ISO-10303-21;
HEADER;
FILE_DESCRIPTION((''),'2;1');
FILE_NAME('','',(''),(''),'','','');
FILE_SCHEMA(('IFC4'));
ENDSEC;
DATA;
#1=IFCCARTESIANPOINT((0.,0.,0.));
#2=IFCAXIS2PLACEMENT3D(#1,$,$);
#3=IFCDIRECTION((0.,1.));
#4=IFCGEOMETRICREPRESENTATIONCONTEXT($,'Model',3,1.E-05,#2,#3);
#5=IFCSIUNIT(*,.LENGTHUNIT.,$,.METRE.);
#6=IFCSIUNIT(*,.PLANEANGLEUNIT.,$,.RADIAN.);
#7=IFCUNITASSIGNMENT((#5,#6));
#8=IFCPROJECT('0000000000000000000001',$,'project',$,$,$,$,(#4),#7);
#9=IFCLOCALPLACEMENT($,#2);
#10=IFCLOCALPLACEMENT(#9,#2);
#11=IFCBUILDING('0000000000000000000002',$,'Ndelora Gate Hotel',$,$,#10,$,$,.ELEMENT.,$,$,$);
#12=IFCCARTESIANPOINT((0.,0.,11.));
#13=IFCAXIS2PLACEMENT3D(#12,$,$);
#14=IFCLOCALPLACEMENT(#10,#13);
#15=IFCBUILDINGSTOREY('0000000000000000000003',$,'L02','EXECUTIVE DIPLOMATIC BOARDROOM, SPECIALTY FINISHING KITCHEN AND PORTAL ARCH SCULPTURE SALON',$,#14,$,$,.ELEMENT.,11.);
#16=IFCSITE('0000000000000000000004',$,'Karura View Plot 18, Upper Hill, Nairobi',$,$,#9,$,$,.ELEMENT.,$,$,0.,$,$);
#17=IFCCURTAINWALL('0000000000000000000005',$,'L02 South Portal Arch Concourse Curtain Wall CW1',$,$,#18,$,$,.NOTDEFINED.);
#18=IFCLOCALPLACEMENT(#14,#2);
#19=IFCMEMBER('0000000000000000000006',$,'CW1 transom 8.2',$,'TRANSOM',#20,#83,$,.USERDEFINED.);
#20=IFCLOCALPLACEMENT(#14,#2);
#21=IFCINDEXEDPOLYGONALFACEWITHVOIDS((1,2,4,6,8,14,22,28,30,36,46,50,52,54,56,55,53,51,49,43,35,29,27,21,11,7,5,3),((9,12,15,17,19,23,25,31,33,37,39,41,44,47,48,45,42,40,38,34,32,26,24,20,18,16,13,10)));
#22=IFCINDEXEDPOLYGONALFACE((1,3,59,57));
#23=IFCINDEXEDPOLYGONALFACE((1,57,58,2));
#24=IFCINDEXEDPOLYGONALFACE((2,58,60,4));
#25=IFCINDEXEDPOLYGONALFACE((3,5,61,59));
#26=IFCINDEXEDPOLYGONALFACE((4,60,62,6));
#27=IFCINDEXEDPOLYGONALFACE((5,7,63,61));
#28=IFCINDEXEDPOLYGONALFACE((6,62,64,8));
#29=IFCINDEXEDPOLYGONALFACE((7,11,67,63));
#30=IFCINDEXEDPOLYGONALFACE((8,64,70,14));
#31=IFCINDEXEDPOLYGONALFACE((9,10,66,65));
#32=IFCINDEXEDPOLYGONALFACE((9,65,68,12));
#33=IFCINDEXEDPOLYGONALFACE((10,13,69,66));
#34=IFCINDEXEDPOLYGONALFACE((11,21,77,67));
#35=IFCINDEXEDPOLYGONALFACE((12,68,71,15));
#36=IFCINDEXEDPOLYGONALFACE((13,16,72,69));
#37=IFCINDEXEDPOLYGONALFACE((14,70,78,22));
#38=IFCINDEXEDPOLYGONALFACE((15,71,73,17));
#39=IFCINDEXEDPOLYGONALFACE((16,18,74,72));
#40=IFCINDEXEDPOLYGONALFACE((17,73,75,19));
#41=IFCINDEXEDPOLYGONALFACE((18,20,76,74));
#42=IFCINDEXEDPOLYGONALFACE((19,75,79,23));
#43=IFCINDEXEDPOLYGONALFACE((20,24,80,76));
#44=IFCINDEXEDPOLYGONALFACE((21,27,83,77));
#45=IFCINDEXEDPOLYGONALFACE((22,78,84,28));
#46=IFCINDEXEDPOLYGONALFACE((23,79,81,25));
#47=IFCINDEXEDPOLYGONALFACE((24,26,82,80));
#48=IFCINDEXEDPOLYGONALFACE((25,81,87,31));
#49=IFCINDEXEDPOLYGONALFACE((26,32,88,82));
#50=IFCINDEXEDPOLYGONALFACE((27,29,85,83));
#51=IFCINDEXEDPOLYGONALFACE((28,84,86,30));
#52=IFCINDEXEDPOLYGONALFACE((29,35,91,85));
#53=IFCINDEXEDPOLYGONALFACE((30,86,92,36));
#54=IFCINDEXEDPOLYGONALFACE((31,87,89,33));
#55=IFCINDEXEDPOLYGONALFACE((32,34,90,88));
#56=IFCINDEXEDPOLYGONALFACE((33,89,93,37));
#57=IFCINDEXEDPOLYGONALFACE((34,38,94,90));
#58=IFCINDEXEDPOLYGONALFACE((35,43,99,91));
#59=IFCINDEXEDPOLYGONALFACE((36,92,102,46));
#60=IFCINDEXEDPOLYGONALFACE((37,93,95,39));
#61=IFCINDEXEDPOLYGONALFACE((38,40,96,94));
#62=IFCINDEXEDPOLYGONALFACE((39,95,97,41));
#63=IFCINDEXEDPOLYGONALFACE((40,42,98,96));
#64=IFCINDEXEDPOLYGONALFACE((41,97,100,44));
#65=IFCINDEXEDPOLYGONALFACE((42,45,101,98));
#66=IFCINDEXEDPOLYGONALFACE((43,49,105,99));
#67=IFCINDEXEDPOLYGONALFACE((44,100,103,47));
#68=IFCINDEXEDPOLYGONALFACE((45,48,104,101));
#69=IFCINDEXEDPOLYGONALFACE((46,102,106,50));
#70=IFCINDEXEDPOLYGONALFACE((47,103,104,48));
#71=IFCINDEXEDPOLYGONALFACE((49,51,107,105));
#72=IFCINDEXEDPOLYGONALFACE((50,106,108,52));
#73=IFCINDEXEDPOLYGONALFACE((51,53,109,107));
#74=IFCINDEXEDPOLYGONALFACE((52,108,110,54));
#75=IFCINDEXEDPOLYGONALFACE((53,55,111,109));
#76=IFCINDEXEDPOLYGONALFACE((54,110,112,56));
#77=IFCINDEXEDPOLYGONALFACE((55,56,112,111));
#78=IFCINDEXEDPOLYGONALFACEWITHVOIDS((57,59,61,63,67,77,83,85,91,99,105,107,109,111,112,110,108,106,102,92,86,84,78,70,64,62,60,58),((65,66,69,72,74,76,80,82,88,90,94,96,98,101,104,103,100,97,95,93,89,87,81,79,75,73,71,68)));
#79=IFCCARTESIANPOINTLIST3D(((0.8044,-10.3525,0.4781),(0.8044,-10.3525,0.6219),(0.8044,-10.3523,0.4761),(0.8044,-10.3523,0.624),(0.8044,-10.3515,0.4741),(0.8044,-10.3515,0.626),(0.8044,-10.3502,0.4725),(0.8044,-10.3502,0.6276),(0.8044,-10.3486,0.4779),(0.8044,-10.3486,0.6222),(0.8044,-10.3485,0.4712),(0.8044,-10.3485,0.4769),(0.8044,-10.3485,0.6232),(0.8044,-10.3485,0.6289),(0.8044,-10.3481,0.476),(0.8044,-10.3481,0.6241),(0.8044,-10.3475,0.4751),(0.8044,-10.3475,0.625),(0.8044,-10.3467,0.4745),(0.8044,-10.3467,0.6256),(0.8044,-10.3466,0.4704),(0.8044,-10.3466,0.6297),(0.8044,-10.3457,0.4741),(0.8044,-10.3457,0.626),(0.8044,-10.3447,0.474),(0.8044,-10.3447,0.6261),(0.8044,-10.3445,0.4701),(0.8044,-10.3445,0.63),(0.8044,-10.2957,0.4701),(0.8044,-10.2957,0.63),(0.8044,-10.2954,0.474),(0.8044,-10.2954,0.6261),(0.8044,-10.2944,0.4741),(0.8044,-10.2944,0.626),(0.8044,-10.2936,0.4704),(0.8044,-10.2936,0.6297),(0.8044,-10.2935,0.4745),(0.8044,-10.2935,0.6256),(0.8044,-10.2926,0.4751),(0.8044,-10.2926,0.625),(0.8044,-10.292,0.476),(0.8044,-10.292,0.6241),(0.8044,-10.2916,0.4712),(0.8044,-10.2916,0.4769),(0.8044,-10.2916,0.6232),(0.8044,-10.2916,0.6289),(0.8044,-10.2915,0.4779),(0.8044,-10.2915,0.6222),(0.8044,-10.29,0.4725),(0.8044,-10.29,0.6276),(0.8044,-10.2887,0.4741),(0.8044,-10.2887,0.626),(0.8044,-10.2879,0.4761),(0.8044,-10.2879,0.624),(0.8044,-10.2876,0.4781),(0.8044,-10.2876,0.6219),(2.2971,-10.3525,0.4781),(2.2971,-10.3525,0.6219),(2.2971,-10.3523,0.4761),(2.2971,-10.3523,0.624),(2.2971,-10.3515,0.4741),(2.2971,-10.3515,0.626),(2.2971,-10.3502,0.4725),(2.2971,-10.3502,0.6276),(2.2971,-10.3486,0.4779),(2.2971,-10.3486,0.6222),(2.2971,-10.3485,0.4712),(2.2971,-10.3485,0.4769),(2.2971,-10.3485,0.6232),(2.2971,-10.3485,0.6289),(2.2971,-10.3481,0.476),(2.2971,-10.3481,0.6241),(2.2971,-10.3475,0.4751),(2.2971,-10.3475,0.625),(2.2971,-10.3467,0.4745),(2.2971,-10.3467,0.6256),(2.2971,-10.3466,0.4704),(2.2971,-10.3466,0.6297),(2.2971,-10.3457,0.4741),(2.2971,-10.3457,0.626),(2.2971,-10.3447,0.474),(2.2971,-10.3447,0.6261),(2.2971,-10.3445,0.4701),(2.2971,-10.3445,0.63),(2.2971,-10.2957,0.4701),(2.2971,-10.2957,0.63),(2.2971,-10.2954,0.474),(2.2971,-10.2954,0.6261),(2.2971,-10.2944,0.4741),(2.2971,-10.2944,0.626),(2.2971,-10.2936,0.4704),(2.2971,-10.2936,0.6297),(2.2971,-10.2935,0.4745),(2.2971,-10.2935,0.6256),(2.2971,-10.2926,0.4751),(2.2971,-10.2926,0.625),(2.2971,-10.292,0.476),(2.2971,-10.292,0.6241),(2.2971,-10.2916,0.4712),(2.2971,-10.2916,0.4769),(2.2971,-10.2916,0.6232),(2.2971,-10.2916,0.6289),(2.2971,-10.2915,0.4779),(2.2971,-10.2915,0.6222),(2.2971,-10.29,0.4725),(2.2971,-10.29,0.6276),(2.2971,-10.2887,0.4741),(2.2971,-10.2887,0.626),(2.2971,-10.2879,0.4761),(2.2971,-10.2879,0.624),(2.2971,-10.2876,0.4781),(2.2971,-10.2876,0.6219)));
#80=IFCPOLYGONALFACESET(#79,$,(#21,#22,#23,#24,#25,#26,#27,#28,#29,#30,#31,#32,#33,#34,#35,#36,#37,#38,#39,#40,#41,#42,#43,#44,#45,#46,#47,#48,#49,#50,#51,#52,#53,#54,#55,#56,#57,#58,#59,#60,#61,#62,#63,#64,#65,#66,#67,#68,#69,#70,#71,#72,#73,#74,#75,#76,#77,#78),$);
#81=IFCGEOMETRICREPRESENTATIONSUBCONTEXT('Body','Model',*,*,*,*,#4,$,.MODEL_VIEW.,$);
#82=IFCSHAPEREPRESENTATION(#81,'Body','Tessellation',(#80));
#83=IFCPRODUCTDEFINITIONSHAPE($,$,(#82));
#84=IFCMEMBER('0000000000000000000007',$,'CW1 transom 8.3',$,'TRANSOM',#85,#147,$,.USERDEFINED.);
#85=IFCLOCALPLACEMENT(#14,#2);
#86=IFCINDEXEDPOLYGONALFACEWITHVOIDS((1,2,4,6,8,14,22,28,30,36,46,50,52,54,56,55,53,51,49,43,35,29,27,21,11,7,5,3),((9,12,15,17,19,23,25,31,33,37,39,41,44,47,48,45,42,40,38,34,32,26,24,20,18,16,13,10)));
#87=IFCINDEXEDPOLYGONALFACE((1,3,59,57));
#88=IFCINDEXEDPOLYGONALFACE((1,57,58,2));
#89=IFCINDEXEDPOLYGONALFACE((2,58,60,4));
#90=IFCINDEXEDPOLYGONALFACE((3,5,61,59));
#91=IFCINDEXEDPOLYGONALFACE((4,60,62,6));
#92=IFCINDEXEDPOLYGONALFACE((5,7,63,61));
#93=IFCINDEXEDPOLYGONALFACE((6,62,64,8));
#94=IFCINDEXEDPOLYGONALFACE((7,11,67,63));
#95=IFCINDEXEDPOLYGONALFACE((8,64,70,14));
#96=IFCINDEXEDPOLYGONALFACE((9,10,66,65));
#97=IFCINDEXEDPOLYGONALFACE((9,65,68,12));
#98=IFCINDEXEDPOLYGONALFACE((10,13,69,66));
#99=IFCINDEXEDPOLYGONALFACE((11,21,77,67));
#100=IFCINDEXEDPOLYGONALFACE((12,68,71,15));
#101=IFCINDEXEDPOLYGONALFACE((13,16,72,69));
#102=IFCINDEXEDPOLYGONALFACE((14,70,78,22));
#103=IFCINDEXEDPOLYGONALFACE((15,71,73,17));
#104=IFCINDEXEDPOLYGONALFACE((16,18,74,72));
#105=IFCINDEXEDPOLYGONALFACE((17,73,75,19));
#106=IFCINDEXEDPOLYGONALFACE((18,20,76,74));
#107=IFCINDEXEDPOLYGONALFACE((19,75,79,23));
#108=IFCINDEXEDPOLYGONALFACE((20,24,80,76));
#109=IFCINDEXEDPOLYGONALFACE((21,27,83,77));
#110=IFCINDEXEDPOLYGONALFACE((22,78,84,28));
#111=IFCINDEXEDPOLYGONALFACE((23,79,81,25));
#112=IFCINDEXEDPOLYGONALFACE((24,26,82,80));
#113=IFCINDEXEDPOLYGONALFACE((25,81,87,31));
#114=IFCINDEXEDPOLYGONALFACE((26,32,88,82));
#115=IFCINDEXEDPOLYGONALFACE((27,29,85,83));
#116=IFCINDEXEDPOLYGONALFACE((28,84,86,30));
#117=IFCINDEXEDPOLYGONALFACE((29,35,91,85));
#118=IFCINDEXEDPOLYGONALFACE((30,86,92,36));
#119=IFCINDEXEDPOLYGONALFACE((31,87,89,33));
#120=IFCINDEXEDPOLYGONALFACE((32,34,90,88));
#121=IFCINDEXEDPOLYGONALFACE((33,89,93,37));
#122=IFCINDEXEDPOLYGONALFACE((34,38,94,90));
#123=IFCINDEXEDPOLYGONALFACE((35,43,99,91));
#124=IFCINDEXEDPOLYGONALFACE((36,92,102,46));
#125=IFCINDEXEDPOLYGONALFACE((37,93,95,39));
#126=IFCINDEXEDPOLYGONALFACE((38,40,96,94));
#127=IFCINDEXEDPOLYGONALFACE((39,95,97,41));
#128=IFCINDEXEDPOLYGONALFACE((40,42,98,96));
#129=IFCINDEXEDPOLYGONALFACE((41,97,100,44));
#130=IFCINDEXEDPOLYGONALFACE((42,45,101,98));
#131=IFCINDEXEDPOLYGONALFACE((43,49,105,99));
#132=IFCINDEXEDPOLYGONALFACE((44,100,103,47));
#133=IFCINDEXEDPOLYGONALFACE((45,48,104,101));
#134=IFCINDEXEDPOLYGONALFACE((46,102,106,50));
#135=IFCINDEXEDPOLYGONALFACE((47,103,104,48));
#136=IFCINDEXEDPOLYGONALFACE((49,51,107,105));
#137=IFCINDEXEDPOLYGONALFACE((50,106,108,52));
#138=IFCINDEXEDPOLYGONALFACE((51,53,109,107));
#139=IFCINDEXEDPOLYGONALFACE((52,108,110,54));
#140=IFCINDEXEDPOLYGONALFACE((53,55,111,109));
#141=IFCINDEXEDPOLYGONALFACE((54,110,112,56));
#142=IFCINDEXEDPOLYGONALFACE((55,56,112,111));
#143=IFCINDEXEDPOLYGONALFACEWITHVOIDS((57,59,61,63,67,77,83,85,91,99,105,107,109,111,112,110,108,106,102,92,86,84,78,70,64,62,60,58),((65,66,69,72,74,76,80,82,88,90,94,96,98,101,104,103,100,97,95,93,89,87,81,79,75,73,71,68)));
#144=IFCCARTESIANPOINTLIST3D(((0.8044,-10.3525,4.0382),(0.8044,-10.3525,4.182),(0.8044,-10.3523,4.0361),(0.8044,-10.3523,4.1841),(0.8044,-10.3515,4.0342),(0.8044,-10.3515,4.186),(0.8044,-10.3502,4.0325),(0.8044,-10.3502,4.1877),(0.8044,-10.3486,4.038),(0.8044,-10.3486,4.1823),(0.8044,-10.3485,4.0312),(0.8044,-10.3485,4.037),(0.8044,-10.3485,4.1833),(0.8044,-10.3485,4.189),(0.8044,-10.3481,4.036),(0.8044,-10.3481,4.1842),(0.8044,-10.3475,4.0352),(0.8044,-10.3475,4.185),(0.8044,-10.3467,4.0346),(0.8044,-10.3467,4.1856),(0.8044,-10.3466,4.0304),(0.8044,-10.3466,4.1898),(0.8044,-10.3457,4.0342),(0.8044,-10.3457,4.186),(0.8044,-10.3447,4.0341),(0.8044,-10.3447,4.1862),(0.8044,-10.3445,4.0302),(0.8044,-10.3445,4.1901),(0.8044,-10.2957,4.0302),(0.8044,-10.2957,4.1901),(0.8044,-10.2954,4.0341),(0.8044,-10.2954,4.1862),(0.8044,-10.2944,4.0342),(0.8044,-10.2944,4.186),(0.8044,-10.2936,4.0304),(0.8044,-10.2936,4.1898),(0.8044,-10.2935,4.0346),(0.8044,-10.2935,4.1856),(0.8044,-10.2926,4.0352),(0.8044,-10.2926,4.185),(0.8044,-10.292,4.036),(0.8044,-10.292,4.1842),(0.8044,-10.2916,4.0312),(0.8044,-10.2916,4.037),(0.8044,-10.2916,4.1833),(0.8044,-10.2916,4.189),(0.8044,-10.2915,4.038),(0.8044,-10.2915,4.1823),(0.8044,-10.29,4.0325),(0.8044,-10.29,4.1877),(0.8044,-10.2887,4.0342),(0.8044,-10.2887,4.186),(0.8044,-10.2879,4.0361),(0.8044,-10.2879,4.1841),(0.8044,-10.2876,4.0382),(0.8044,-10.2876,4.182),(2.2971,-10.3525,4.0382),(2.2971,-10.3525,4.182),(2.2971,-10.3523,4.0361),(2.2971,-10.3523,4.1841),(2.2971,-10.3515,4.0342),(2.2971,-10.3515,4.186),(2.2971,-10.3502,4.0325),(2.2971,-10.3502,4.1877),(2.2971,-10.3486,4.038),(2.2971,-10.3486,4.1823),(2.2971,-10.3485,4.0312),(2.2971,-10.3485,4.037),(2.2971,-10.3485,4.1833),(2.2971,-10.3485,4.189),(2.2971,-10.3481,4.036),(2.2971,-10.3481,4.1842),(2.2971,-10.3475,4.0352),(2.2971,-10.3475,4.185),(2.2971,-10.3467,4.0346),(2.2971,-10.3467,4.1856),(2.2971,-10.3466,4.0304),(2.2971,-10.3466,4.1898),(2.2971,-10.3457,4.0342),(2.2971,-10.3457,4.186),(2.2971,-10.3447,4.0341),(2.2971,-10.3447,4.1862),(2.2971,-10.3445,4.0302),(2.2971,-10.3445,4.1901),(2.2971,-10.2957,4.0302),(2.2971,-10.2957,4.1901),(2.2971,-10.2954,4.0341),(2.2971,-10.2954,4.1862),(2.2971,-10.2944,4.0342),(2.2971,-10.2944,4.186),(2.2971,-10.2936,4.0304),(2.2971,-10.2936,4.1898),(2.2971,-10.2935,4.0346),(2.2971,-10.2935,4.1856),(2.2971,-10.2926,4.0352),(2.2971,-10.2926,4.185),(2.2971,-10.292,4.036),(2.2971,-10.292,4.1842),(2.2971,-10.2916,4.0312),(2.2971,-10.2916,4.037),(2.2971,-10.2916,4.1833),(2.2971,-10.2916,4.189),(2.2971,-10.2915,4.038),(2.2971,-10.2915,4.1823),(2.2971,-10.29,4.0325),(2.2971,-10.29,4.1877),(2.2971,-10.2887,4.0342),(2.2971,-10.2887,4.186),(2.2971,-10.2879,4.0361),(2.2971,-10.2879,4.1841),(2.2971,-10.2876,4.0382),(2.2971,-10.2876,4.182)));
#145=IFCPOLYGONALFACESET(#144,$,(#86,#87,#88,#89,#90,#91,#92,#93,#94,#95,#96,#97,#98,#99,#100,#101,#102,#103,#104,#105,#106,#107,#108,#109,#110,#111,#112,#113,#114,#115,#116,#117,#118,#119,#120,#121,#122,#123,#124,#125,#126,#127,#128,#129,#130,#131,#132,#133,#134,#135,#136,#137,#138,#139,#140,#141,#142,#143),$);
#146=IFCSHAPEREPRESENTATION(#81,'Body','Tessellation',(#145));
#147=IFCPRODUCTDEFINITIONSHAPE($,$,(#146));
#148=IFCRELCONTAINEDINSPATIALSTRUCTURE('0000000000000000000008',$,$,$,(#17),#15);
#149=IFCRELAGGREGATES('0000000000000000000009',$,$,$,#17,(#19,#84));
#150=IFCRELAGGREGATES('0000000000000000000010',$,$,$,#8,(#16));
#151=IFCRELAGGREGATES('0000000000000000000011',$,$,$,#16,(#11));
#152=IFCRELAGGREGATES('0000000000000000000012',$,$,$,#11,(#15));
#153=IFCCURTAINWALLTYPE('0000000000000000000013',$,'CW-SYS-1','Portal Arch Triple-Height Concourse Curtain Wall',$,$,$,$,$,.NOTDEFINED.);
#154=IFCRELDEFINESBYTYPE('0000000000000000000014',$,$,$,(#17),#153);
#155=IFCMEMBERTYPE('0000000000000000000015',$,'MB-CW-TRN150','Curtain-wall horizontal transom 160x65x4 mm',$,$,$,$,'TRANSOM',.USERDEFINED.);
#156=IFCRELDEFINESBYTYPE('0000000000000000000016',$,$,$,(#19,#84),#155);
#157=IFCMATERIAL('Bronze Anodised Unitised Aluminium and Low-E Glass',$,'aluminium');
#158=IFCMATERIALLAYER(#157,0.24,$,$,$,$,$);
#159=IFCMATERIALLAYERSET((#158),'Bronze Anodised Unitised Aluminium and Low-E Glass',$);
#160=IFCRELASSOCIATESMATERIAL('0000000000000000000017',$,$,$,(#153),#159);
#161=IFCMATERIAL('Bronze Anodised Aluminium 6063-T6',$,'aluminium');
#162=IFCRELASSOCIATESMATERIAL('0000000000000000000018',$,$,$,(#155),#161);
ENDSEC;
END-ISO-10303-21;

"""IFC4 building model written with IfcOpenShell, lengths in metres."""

from ifc_helpers import new_model, si_unit, direction, frame, origin, origin_2d, place, context, subcontext, project, spatial, hollow_rectangle, extrude, material, layer, layer_set, material_profile, profile_set, type_object, element, aggregate, save


model = new_model("IFC4")

# Units and contexts
model_context = context("Model", 3, precision=1e-05, world=origin(), true_north=direction((0.0, 1.0)))
body_context = subcontext(model_context, "Body", "Model", "MODEL_VIEW")
ifc_project = project(units=[si_unit("LENGTHUNIT", "METRE"), si_unit("PLANEANGLEUNIT", "RADIAN")], contexts=[model_context])

# Site, building, storey
site_placement = place(None, origin())
site = spatial("IfcSite", under=ifc_project, at=site_placement, Name="Karura View Plot 18, Upper Hill, Nairobi", CompositionType="ELEMENT", RefElevation=0.0)
building_placement = place(site_placement, origin())
building = spatial("IfcBuilding", under=site, at=building_placement, Name="Ndelora Gate Hotel", CompositionType="ELEMENT")
storey_placement = place(building_placement, frame((0.0, 0.0, 11.0)))
storey = spatial("IfcBuildingStorey", under=building, at=storey_placement, Name="L02", Description="EXECUTIVE DIPLOMATIC BOARDROOM, SPECIALTY FINISHING KITCHEN AND PORTAL ARCH SCULPTURE SALON", CompositionType="ELEMENT", Elevation=11.0)

# Curtain wall, members
ifc_material_1 = material(Name="Bronze Anodised Unitised Aluminium and Low-E Glass", Category="aluminium")
ifc_layer_1 = layer(ifc_material_1, 0.24)
ifc_layer_set_1 = layer_set([ifc_layer_1], Name="Bronze Anodised Unitised Aluminium and Low-E Glass")
curtain_wall_type = type_object("IfcCurtainWallType", Name="CW-SYS-1", Description="Portal Arch Triple-Height Concourse Curtain Wall", PredefinedType="NOTDEFINED", material=ifc_layer_set_1)
curtain_wall_placement = place(storey_placement, origin())
curtain_wall = element("IfcCurtainWall", 1, at=curtain_wall_placement, inside=storey, type_object=curtain_wall_type, Name="L02 South Portal Arch Concourse Curtain Wall CW1", PredefinedType="NOTDEFINED")
ifc_material_2 = material(Name="Bronze Anodised Aluminium 6063-T6", Category="aluminium")
ifc_material_profile_1 = material_profile(ifc_material_2, hollow_rectangle(XDim=0.0649, YDim=0.1599, WallThickness=0.0039, InnerFilletRadius=0.0039, OuterFilletRadius=0.0081, at=origin_2d()), Name="ALU 160x65x4")
ifc_profile_set_1 = profile_set([ifc_material_profile_1], Name="Bronze Anodised Aluminium 6063-T6")
member_type_1 = type_object("IfcMemberType", Name="MB-CW-TRN150", Description="Curtain-wall horizontal transom 160x65x4 mm", ElementType="TRANSOM", PredefinedType="USERDEFINED", material=ifc_profile_set_1)
member_1_placement = place(storey_placement, frame((0.8044, -10.3201, 0.55), z_axis=(1.0, 0.0, 0.0), x_axis=(0.0, 1.0, 0.0)))
member_1 = element("IfcMember", 2, at=member_1_placement, type_object=member_type_1, Name="CW1 transom 8.2", ObjectType="TRANSOM", PredefinedType="USERDEFINED", context=body_context, shape_type="SweptSolid", body=[
    extrude(hollow_rectangle(XDim=0.0649, YDim=0.1599, WallThickness=0.0039, InnerFilletRadius=0.0039, OuterFilletRadius=0.0081, at=origin_2d()), origin(), (0.0, 0.0, 1.0), 1.4927),
])
member_2_placement = place(storey_placement, frame((0.8044, -10.3201, 4.1101), z_axis=(1.0, 0.0, 0.0), x_axis=(0.0, 1.0, 0.0)))
member_2 = element("IfcMember", 3, at=member_2_placement, type_object=member_type_1, Name="CW1 transom 8.3", ObjectType="TRANSOM", PredefinedType="USERDEFINED", context=body_context, shape_type="SweptSolid", body=[
    extrude(hollow_rectangle(XDim=0.0649, YDim=0.1599, WallThickness=0.0039, InnerFilletRadius=0.0039, OuterFilletRadius=0.0081, at=origin_2d()), origin(), (0.0, 0.0, 1.0), 1.4927),
])
aggregate(curtain_wall, [member_1, member_2])

save(model, "model.ifc")
